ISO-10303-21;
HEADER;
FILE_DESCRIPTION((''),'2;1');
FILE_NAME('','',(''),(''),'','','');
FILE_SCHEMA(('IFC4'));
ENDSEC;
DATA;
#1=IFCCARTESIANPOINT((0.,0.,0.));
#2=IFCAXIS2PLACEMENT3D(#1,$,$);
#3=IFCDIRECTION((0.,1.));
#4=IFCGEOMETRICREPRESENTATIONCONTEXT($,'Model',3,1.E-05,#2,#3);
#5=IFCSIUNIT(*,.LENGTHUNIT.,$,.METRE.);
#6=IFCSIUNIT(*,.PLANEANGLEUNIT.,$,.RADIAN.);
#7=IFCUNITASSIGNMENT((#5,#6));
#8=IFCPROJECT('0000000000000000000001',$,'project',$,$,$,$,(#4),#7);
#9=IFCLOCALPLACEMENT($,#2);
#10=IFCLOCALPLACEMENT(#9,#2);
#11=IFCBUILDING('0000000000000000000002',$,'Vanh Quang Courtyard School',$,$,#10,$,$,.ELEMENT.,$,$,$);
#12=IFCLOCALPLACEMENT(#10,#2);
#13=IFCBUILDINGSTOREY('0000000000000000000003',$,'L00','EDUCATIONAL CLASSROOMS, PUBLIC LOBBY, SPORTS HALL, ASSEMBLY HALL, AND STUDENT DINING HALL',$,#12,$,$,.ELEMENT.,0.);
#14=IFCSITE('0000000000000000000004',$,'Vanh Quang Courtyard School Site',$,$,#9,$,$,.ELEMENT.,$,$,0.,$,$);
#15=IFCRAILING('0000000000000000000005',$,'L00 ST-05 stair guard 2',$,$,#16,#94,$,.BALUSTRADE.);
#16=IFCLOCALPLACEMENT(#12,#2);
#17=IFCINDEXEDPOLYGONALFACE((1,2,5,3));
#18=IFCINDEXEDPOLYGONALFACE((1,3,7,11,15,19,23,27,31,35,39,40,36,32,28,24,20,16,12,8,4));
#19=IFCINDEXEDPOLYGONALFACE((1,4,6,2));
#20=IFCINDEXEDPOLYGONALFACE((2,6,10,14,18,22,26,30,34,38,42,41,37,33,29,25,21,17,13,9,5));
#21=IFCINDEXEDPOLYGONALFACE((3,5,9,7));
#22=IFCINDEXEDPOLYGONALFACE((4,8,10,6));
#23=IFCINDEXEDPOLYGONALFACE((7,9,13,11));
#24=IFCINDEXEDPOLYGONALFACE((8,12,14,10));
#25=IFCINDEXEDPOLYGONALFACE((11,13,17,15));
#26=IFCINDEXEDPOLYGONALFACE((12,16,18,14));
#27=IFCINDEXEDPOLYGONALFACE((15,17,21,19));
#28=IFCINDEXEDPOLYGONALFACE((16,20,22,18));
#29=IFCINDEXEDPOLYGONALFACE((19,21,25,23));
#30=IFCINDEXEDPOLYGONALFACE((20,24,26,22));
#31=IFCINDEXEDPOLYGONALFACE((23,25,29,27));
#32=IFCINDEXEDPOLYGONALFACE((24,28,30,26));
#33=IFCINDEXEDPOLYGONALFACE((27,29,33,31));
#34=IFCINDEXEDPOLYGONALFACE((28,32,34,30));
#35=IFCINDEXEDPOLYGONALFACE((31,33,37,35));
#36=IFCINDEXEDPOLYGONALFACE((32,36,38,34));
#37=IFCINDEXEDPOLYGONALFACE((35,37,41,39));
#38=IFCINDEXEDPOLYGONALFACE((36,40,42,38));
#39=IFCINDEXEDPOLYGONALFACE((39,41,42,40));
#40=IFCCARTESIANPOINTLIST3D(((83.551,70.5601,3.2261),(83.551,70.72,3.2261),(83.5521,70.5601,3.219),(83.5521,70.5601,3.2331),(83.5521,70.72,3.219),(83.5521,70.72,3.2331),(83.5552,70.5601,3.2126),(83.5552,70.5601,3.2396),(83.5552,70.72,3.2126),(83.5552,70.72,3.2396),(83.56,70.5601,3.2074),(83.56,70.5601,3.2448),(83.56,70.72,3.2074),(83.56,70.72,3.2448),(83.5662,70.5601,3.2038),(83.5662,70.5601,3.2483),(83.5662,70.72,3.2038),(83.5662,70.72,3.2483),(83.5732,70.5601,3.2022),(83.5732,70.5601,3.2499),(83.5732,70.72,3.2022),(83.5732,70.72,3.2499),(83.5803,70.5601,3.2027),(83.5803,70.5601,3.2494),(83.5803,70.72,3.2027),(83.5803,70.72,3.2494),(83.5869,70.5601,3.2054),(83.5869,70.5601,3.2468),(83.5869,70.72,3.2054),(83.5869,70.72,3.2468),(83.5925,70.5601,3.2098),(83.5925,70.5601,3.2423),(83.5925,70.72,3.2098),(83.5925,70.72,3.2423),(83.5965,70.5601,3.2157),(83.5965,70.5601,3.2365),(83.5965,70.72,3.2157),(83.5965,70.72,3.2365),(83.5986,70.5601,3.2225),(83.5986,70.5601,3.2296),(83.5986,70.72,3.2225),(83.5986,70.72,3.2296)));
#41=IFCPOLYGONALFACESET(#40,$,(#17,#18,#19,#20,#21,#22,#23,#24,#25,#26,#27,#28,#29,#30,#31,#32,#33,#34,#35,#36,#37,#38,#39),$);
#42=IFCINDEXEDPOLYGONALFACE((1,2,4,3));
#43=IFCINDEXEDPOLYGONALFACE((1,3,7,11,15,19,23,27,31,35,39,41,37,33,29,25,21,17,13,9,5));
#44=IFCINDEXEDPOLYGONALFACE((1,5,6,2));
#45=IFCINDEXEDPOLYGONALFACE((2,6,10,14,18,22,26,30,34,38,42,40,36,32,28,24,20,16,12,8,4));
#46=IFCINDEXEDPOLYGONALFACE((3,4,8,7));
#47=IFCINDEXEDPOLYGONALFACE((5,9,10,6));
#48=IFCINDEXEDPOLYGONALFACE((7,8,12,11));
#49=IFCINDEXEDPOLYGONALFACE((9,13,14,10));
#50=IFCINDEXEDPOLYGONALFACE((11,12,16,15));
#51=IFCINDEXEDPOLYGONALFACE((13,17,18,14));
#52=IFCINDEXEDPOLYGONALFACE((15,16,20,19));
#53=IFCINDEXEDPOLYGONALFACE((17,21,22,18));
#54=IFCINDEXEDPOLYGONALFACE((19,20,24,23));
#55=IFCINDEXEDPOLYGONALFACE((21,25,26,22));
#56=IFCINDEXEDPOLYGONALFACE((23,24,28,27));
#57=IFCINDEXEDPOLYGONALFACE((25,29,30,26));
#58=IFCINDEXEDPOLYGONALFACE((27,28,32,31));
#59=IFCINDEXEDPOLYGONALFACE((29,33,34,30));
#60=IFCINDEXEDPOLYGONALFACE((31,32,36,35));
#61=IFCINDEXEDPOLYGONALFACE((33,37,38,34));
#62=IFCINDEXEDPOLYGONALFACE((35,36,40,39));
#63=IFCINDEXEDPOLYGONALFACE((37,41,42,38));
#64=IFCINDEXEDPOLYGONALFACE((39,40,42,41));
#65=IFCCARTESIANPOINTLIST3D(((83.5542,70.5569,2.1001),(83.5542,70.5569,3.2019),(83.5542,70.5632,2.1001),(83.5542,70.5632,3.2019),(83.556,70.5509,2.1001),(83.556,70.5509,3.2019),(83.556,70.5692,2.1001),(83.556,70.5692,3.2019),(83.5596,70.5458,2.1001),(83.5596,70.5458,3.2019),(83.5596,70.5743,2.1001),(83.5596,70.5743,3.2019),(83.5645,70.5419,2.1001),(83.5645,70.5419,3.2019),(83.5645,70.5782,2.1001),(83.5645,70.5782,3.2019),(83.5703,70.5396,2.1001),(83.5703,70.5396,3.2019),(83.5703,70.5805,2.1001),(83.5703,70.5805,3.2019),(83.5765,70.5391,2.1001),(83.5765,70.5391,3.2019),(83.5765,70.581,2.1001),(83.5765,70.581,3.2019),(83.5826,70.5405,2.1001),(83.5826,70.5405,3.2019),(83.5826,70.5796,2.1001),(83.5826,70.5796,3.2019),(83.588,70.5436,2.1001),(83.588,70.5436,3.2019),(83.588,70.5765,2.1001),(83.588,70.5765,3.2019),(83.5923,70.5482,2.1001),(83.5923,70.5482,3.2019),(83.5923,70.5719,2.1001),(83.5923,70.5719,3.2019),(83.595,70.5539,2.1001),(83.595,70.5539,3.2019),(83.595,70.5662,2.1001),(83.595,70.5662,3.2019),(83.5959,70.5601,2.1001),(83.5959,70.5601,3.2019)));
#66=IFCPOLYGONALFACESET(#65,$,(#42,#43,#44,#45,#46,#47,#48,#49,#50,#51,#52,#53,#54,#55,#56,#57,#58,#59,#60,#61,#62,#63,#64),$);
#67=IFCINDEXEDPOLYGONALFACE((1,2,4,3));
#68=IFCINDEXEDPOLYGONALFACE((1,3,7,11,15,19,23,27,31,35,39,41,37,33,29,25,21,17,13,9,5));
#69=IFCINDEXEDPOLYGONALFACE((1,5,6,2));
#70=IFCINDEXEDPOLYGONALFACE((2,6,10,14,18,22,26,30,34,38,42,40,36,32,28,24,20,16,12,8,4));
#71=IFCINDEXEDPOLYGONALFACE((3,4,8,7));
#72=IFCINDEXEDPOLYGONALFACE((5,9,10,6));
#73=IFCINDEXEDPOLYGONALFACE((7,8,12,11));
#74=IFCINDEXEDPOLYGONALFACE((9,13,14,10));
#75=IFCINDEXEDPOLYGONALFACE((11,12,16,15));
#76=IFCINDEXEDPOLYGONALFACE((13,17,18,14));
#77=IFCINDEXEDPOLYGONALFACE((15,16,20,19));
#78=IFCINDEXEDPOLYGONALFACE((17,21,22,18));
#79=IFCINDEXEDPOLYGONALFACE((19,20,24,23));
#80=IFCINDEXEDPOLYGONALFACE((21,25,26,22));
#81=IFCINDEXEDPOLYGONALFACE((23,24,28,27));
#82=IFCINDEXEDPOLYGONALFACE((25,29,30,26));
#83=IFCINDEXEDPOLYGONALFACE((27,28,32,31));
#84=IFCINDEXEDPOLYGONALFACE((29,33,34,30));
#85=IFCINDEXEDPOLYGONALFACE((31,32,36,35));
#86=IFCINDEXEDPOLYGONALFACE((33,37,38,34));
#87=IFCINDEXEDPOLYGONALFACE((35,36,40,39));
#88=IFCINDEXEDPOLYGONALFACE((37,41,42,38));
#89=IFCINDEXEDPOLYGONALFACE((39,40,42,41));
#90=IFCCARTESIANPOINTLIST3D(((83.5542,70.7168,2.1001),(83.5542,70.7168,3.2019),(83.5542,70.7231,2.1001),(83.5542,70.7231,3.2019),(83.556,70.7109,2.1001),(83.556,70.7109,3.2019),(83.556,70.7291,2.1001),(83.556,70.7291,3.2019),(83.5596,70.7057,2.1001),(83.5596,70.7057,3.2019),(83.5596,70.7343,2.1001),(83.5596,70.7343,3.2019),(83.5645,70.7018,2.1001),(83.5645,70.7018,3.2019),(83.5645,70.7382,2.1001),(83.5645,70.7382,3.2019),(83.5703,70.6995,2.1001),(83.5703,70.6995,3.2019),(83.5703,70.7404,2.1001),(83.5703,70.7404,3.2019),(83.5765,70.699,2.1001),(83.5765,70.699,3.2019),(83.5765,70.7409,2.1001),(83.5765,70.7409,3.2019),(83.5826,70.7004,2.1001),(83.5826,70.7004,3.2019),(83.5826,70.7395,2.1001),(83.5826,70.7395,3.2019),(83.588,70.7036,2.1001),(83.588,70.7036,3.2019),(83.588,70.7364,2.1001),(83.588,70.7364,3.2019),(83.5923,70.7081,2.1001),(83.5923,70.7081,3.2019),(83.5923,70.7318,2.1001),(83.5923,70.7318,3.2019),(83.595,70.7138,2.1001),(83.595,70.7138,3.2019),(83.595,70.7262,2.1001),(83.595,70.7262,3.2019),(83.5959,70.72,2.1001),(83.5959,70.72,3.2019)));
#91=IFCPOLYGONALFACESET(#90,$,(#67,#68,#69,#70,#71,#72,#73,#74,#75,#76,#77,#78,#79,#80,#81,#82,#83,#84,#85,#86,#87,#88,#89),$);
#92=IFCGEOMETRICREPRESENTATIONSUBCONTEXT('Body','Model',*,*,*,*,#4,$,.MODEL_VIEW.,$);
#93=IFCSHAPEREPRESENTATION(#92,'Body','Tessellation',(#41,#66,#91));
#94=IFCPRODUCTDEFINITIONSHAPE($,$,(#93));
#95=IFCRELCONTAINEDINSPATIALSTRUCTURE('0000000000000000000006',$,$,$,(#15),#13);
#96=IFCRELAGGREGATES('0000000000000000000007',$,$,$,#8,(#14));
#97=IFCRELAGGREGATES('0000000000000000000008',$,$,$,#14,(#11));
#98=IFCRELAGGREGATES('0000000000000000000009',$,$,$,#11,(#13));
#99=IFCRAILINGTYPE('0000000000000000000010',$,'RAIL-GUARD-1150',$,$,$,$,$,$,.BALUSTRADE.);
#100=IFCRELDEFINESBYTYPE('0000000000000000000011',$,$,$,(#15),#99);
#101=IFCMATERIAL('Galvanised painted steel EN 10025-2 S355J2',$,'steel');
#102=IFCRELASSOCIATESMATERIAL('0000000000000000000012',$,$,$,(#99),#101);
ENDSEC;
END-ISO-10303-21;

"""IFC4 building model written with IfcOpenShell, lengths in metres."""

from ifc_helpers import new_model, si_unit, direction, frame, origin, origin_2d, place, context, subcontext, project, spatial, circle, extrude, material, type_object, element, save


model = new_model("IFC4")

# Units and contexts
model_context = context("Model", 3, precision=1e-05, world=origin(), true_north=direction((0.0, 1.0)))
body_context = subcontext(model_context, "Body", "Model", "MODEL_VIEW")
ifc_project = project(units=[si_unit("LENGTHUNIT", "METRE"), si_unit("PLANEANGLEUNIT", "RADIAN")], contexts=[model_context])

# Site, building, storey
site_placement = place(None, origin())
site = spatial("IfcSite", under=ifc_project, at=site_placement, Name="Vanh Quang Courtyard School Site", CompositionType="ELEMENT", RefElevation=0.0)
building_placement = place(site_placement, origin())
building = spatial("IfcBuilding", under=site, at=building_placement, Name="Vanh Quang Courtyard School", CompositionType="ELEMENT")
storey_placement = place(building_placement, origin())
storey = spatial("IfcBuildingStorey", under=building, at=storey_placement, Name="L00", Description="EDUCATIONAL CLASSROOMS, PUBLIC LOBBY, SPORTS HALL, ASSEMBLY HALL, AND STUDENT DINING HALL", CompositionType="ELEMENT", Elevation=0.0)

# Railing
ifc_material_1 = material(Name="Galvanised painted steel EN 10025-2 S355J2", Category="steel")
railing_type_1 = type_object("IfcRailingType", Name="RAIL-GUARD-1150", PredefinedType="BALUSTRADE", material=ifc_material_1)
railing_1_placement = place(storey_placement, frame((83.575, 70.5601, 2.1001)))
element("IfcRailing", 1, at=railing_1_placement, inside=storey, type_object=railing_type_1, Name="L00 ST-05 stair guard 2", PredefinedType="BALUSTRADE", context=body_context, shape_type="SweptSolid", body=[
    extrude(circle(Radius=0.0239, at=origin_2d()), frame((0.0, 0.0, 1.126), z_axis=(0.0, 1.0, 0.0), x_axis=(-1.0, 0.0, 0.0)), (0.0, 0.0, 1.0), 0.1599),
    extrude(circle(Radius=0.021, at=origin_2d()), origin(), (0.0, 0.0, 1.0), 1.1018),
    extrude(circle(Radius=0.021, at=origin_2d()), frame((0.0, 0.1599, 0.0)), (0.0, 0.0, 1.0), 1.1018),
])

save(model, "model.ifc")
